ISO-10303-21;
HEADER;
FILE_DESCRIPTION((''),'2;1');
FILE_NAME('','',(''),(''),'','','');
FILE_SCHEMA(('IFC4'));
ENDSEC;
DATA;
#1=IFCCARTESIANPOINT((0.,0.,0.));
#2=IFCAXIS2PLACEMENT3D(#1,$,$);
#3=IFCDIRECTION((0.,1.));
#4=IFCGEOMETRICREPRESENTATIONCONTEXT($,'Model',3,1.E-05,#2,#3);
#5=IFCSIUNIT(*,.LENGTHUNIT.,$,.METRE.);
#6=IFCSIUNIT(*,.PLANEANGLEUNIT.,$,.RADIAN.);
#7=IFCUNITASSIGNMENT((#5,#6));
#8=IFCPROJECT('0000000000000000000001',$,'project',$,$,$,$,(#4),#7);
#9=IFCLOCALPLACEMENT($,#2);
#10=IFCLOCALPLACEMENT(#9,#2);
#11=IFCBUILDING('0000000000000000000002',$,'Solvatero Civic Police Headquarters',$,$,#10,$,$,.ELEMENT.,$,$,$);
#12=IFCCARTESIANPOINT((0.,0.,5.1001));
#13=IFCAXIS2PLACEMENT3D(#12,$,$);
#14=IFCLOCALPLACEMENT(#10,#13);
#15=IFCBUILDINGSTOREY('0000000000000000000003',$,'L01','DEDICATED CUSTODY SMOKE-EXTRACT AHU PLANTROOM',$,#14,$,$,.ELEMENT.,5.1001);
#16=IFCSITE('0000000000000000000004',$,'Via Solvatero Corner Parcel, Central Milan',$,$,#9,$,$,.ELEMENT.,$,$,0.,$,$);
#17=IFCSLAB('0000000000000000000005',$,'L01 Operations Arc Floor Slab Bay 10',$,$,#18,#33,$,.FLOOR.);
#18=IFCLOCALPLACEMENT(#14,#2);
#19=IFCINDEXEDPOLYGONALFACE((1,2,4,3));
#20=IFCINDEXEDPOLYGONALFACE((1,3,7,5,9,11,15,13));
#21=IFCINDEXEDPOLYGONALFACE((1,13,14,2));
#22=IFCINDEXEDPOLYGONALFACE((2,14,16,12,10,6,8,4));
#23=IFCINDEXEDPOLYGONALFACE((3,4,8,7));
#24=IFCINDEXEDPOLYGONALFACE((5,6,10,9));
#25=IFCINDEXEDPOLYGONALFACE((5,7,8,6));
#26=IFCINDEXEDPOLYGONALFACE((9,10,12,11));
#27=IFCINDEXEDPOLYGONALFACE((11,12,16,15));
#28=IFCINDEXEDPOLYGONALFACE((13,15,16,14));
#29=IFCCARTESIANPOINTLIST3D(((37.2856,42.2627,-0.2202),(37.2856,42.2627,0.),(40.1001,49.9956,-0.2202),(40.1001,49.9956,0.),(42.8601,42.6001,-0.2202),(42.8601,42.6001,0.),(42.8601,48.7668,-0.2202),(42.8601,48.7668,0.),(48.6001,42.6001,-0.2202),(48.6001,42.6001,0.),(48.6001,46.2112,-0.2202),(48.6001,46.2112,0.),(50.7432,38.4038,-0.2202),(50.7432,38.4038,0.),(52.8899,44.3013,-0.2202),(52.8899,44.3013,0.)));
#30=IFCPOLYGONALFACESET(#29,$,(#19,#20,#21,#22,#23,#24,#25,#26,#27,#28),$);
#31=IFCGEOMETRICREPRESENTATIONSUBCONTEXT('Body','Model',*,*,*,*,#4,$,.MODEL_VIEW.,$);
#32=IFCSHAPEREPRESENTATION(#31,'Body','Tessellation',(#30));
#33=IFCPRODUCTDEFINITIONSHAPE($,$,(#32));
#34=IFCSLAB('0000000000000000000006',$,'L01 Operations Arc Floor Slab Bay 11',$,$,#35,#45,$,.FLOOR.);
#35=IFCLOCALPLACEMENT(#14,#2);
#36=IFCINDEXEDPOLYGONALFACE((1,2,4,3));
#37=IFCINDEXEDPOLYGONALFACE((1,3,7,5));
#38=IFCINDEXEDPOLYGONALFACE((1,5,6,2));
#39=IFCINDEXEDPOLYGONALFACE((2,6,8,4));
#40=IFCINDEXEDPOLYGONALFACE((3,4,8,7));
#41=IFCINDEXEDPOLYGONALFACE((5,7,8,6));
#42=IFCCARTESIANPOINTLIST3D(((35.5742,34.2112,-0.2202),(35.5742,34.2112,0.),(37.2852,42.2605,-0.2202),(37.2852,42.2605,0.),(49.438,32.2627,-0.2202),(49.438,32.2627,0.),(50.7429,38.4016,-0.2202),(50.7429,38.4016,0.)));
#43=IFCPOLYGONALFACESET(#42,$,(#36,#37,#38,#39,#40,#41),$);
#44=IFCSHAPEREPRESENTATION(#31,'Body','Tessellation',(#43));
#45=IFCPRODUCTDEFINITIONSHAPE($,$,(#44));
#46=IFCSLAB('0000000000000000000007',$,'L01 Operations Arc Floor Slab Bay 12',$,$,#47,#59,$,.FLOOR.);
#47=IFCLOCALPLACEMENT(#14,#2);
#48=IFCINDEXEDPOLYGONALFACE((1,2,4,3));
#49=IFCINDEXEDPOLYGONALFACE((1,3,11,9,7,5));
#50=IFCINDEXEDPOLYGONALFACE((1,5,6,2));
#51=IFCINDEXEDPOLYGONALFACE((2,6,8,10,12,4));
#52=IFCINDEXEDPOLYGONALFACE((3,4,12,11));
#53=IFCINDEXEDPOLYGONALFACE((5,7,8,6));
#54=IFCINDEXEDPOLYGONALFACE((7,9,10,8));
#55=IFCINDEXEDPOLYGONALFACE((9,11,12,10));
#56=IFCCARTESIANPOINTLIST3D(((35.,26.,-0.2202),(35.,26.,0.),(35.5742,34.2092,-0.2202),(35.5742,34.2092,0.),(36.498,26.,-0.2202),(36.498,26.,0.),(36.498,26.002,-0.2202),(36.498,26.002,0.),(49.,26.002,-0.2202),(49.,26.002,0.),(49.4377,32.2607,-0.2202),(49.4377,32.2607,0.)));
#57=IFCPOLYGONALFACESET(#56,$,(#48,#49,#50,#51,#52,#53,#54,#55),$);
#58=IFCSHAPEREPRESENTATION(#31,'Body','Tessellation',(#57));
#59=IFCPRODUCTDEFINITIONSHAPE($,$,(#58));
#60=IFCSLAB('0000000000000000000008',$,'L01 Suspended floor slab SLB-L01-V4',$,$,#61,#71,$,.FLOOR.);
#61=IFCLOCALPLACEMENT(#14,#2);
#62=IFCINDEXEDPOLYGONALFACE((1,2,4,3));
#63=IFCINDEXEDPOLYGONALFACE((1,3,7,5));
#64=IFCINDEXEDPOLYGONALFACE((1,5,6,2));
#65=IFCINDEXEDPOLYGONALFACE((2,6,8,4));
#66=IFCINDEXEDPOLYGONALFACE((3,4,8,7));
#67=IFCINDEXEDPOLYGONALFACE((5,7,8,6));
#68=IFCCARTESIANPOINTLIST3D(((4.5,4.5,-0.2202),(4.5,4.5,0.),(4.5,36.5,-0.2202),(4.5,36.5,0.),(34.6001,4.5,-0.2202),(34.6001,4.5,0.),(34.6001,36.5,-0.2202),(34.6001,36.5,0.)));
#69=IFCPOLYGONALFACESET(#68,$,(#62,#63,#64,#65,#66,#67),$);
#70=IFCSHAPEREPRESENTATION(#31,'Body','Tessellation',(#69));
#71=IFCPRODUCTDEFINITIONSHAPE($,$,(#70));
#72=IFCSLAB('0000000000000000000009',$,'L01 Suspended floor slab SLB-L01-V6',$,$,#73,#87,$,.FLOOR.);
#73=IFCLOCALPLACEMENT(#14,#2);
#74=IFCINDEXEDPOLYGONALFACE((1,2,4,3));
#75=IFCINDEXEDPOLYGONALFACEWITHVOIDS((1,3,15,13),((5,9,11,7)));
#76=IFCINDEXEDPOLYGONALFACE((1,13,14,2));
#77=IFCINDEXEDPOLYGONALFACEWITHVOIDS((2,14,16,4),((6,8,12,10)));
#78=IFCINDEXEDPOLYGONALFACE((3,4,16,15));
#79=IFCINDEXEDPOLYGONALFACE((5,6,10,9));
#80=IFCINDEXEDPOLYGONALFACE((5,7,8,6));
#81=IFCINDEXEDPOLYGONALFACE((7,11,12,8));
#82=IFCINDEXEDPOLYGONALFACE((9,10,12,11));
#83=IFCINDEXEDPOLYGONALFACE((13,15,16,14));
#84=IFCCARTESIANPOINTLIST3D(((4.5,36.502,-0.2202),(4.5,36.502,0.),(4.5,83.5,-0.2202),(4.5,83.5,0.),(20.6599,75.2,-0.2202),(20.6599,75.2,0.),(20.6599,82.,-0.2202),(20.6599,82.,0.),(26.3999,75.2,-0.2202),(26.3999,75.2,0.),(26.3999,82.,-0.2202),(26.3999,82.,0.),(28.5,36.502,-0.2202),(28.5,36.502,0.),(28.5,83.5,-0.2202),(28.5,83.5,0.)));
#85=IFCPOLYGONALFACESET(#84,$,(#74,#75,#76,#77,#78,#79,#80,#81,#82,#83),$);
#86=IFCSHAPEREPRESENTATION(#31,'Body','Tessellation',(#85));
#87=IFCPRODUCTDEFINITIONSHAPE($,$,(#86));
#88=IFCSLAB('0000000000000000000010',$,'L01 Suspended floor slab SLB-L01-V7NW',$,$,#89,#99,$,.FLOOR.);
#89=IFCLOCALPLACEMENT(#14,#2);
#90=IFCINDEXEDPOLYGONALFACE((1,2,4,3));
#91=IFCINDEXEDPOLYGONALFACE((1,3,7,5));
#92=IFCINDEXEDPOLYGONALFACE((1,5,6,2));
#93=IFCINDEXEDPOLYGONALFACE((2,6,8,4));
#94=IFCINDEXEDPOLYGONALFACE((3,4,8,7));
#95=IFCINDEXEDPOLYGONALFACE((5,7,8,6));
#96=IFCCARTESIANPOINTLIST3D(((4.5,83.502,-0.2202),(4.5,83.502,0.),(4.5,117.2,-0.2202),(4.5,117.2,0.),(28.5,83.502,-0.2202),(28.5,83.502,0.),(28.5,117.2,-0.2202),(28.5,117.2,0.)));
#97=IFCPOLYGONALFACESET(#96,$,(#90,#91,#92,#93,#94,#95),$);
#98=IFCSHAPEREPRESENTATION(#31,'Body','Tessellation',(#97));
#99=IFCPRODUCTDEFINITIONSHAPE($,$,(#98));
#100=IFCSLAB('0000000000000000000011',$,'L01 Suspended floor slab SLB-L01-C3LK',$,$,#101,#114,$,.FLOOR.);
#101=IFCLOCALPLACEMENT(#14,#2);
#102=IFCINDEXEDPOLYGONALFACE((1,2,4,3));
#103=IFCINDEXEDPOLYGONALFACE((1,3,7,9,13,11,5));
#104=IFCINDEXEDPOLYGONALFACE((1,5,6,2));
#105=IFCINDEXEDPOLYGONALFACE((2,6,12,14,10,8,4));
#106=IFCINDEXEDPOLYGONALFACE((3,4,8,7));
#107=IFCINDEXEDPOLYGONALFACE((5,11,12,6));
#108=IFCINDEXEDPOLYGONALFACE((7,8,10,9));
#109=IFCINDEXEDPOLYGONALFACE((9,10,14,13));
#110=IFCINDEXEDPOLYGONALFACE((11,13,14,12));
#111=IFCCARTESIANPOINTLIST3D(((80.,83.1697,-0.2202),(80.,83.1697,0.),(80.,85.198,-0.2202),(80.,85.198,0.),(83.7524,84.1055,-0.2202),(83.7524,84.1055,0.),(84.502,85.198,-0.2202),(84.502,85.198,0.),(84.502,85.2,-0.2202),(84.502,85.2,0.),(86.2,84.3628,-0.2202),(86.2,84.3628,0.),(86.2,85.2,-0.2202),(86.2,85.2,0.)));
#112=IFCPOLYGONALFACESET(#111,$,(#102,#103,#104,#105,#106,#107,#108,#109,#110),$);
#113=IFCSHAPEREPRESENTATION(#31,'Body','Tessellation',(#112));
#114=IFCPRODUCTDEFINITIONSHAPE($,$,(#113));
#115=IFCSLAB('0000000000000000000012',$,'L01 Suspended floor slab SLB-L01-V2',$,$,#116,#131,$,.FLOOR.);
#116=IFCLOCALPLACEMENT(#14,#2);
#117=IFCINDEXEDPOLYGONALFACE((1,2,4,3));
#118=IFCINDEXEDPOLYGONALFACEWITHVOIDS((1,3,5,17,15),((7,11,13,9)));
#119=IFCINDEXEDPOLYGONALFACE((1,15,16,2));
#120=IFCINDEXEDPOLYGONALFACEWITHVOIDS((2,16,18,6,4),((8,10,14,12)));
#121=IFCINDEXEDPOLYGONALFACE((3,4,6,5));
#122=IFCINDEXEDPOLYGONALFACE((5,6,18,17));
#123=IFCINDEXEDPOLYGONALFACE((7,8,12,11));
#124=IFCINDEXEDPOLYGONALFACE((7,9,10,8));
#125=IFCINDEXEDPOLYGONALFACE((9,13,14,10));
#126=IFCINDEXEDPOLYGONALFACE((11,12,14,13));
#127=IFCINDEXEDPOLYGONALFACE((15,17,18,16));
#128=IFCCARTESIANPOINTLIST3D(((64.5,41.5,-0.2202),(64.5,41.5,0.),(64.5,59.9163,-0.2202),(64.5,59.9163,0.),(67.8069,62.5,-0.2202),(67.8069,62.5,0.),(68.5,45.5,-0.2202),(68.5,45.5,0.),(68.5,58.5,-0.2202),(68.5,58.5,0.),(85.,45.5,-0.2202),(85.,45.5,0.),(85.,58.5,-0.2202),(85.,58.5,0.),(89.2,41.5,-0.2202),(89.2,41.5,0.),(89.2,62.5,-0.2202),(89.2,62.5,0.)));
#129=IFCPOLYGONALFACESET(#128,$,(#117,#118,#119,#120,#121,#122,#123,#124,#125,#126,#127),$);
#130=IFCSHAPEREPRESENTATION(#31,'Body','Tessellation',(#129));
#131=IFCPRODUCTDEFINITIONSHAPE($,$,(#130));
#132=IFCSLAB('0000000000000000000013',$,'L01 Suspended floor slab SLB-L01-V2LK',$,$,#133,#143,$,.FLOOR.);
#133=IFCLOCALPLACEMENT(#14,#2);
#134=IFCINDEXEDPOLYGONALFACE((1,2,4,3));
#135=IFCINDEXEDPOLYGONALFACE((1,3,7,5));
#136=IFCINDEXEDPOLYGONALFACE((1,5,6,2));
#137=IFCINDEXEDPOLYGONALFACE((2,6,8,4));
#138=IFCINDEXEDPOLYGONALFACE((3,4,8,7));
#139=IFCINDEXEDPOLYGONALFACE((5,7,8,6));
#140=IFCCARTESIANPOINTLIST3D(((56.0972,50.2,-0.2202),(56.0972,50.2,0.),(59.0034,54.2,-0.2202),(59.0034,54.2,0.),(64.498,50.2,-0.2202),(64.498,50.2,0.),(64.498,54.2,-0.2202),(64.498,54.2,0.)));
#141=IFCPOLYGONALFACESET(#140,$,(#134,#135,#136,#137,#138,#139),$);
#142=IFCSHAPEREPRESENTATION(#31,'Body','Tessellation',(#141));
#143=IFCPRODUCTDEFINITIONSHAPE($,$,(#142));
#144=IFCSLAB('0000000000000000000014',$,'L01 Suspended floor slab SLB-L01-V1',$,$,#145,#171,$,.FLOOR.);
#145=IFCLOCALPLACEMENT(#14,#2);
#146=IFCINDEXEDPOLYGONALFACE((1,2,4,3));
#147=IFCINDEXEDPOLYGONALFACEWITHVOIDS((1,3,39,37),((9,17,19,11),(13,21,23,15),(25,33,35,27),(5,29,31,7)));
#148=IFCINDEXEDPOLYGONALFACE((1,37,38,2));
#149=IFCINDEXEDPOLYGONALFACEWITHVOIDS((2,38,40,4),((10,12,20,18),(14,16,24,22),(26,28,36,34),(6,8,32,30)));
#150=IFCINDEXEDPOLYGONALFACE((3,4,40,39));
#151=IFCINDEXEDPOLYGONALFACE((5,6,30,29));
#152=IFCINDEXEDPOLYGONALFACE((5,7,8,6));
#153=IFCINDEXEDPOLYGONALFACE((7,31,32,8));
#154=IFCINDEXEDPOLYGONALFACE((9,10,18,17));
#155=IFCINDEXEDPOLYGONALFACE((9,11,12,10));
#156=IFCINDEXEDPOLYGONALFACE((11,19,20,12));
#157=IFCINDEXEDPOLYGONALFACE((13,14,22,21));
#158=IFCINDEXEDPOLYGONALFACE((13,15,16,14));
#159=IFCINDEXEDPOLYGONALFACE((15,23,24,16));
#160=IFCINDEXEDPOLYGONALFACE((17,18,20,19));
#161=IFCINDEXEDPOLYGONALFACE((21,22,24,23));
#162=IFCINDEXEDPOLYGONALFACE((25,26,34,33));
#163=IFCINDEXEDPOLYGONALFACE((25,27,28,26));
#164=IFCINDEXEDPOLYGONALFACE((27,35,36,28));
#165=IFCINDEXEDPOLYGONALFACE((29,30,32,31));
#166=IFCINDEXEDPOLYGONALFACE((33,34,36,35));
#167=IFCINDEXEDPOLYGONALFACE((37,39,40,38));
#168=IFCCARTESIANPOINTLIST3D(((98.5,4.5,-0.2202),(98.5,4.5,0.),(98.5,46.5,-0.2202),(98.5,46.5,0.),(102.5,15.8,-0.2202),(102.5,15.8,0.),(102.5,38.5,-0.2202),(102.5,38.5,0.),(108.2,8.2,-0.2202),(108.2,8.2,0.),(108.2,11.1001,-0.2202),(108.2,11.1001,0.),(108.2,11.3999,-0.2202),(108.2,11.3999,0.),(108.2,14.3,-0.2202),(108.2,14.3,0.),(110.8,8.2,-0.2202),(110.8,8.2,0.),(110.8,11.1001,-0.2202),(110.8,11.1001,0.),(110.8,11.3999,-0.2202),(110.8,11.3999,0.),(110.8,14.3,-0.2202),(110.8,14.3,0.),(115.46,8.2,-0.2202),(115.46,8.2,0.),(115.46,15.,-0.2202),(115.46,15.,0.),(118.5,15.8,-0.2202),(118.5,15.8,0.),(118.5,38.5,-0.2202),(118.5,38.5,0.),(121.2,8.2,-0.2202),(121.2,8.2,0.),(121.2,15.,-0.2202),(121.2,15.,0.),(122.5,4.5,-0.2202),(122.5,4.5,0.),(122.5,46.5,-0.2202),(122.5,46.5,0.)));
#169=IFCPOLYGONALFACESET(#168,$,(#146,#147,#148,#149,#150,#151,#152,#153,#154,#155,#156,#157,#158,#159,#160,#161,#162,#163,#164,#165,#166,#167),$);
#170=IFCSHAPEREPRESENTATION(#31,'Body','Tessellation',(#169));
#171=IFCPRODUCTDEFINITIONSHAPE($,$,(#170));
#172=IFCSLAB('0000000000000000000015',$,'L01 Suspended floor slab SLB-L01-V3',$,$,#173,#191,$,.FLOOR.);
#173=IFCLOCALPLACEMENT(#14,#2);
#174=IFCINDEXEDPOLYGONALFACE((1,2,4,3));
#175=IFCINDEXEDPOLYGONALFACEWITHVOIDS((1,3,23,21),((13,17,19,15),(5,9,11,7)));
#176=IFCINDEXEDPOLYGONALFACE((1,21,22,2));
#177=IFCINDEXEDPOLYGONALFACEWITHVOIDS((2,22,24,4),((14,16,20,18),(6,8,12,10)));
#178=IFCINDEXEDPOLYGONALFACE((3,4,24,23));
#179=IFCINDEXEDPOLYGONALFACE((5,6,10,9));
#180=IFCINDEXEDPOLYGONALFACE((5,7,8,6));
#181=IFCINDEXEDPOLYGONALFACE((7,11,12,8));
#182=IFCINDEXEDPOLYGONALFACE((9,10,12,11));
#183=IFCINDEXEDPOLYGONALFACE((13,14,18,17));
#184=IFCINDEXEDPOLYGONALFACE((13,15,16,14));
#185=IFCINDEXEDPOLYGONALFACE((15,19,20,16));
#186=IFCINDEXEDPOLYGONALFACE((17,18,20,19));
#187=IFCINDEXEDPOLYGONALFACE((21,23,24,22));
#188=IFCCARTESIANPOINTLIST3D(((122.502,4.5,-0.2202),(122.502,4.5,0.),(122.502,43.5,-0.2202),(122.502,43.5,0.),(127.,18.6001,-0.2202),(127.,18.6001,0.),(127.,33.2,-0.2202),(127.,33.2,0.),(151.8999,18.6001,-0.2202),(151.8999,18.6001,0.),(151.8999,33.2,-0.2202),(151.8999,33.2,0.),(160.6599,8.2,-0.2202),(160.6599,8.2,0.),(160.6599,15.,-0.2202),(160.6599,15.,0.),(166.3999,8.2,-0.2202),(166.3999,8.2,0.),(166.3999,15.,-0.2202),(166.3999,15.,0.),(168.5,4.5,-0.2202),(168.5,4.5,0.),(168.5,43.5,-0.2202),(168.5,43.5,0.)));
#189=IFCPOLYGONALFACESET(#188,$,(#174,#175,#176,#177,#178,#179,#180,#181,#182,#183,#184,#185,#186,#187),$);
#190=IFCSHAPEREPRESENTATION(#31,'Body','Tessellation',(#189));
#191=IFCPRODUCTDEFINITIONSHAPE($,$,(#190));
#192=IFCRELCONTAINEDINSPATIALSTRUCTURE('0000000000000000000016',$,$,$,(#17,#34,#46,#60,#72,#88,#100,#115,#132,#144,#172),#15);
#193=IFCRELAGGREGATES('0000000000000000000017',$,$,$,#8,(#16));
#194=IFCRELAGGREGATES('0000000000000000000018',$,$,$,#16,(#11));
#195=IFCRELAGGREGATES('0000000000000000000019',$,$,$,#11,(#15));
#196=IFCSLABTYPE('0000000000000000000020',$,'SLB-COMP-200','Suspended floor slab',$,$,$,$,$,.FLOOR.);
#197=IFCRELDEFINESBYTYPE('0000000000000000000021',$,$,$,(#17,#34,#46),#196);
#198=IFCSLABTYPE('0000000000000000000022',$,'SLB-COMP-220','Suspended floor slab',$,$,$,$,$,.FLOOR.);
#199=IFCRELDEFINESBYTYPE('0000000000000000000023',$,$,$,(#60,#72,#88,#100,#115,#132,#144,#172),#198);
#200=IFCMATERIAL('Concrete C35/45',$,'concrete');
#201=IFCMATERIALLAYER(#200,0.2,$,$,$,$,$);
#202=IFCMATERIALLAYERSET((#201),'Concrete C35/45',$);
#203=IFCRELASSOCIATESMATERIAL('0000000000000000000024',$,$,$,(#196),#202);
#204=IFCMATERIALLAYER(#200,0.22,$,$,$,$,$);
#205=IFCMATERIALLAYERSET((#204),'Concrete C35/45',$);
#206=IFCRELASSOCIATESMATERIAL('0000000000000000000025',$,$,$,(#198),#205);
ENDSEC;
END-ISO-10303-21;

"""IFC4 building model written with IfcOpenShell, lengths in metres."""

from ifc_helpers import new_model, si_unit, direction, frame, origin, place, context, subcontext, project, spatial, polyline, outline, extrude, material, layer, layer_set, type_object, element, save


model = new_model("IFC4")

# Units and contexts
model_context = context("Model", 3, precision=1e-05, world=origin(), true_north=direction((0.0, 1.0)))
body_context = subcontext(model_context, "Body", "Model", "MODEL_VIEW")
ifc_project = project(units=[si_unit("LENGTHUNIT", "METRE"), si_unit("PLANEANGLEUNIT", "RADIAN")], contexts=[model_context])

# Site, building, storey
site_placement = place(None, origin())
site = spatial("IfcSite", under=ifc_project, at=site_placement, Name="Via Solvatero Corner Parcel, Central Milan", CompositionType="ELEMENT", RefElevation=0.0)
building_placement = place(site_placement, origin())
building = spatial("IfcBuilding", under=site, at=building_placement, Name="Solvatero Civic Police Headquarters", CompositionType="ELEMENT")
storey_placement = place(building_placement, frame((0.0, 0.0, 5.1001)))
storey = spatial("IfcBuildingStorey", under=building, at=storey_placement, Name="L01", Description="DEDICATED CUSTODY SMOKE-EXTRACT AHU PLANTROOM", CompositionType="ELEMENT", Elevation=5.1001)

# Slabs
ifc_material_1 = material(Name="Concrete C35/45", Category="concrete")
ifc_layer_1 = layer(ifc_material_1, 0.2)
ifc_layer_set_1 = layer_set([ifc_layer_1], Name="Concrete C35/45")
slab_type_1 = type_object("IfcSlabType", Name="SLB-COMP-200", Description="Suspended floor slab", PredefinedType="FLOOR", material=ifc_layer_set_1)
slab_1_placement = place(storey_placement, frame((0.0, 0.0, -0.2202)))
element("IfcSlab", 1, at=slab_1_placement, inside=storey, type_object=slab_type_1, Name="L01 Operations Arc Floor Slab Bay 10", PredefinedType="FLOOR", context=body_context, shape_type="SweptSolid", body=[
    extrude(outline(polyline([(37.2856, 42.2627), (40.1001, 49.9956), (42.8601, 48.7668), (42.8601, 42.6001), (48.6001, 42.6001), (48.6001, 46.2112), (52.8899, 44.3013), (50.7432, 38.4038), (37.2856, 42.2627)])), origin(), (0.0, 0.0, 1.0), 0.2202),
])
slab_2_placement = place(storey_placement, frame((0.0, 0.0, -0.2202)))
element("IfcSlab", 2, at=slab_2_placement, inside=storey, type_object=slab_type_1, Name="L01 Operations Arc Floor Slab Bay 11", PredefinedType="FLOOR", context=body_context, shape_type="SweptSolid", body=[
    extrude(outline(polyline([(37.2852, 42.2605), (50.7429, 38.4016), (49.438, 32.2627), (35.5742, 34.2112), (37.2852, 42.2605)])), origin(), (0.0, 0.0, 1.0), 0.2202),
])
slab_3_placement = place(storey_placement, frame((0.0, 0.0, -0.2202)))
element("IfcSlab", 3, at=slab_3_placement, inside=storey, type_object=slab_type_1, Name="L01 Operations Arc Floor Slab Bay 12", PredefinedType="FLOOR", context=body_context, shape_type="SweptSolid", body=[
    extrude(outline(polyline([(35.5742, 34.2092), (49.4377, 32.2607), (49.0, 26.002), (36.498, 26.002), (36.498, 26.0), (35.0, 26.0), (35.5742, 34.2092)])), origin(), (0.0, 0.0, 1.0), 0.2202),
])
ifc_layer_2 = layer(ifc_material_1, 0.22)
ifc_layer_set_2 = layer_set([ifc_layer_2], Name="Concrete C35/45")
slab_type_2 = type_object("IfcSlabType", Name="SLB-COMP-220", Description="Suspended floor slab", PredefinedType="FLOOR", material=ifc_layer_set_2)
slab_4_placement = place(storey_placement, frame((0.0, 0.0, -0.2202)))
element("IfcSlab", 4, at=slab_4_placement, inside=storey, type_object=slab_type_2, Name="L01 Suspended floor slab SLB-L01-V4", PredefinedType="FLOOR", context=body_context, shape_type="SweptSolid", body=[
    extrude(outline(polyline([(4.5, 36.5), (34.6001, 36.5), (34.6001, 4.5), (4.5, 4.5), (4.5, 36.5)])), origin(), (0.0, 0.0, 1.0), 0.2202),
])
slab_5_placement = place(storey_placement, frame((0.0, 0.0, -0.2202)))
element("IfcSlab", 5, at=slab_5_placement, inside=storey, type_object=slab_type_2, Name="L01 Suspended floor slab SLB-L01-V6", PredefinedType="FLOOR", context=body_context, shape_type="SweptSolid", body=[
    extrude(outline(polyline([(4.5, 83.5), (28.5, 83.5), (28.5, 36.502), (4.5, 36.502), (4.5, 83.5)]), holes=[polyline([(26.3999, 75.2), (26.3999, 82.0), (20.6599, 82.0), (20.6599, 75.2), (26.3999, 75.2)])]), origin(), (0.0, 0.0, 1.0), 0.2202),
])
slab_6_placement = place(storey_placement, frame((0.0, 0.0, -0.2202)))
element("IfcSlab", 6, at=slab_6_placement, inside=storey, type_object=slab_type_2, Name="L01 Suspended floor slab SLB-L01-V7NW", PredefinedType="FLOOR", context=body_context, shape_type="SweptSolid", body=[
    extrude(outline(polyline([(4.5, 117.2), (28.5, 117.2), (28.5, 83.502), (4.5, 83.502), (4.5, 117.2)])), origin(), (0.0, 0.0, 1.0), 0.2202),
])
slab_7_placement = place(storey_placement, frame((0.0, 0.0, -0.2202)))
element("IfcSlab", 7, at=slab_7_placement, inside=storey, type_object=slab_type_2, Name="L01 Suspended floor slab SLB-L01-C3LK", PredefinedType="FLOOR", context=body_context, shape_type="SweptSolid", body=[
    extrude(outline(polyline([(80.0, 85.198), (84.502, 85.198), (84.502, 85.2), (86.2, 85.2), (86.2, 84.3628), (83.7524, 84.1055), (80.0, 83.1697), (80.0, 85.198)])), origin(), (0.0, 0.0, 1.0), 0.2202),
])
slab_8_placement = place(storey_placement, frame((0.0, 0.0, -0.2202)))
element("IfcSlab", 8, at=slab_8_placement, inside=storey, type_object=slab_type_2, Name="L01 Suspended floor slab SLB-L01-V2", PredefinedType="FLOOR", context=body_context, shape_type="SweptSolid", body=[
    extrude(outline(polyline([(89.2, 62.5), (89.2, 41.5), (64.5, 41.5), (64.5, 59.9163), (67.8069, 62.5), (89.2, 62.5)]), holes=[polyline([(68.5, 45.5), (85.0, 45.5), (85.0, 58.5), (68.5, 58.5), (68.5, 45.5)])]), origin(), (0.0, 0.0, 1.0), 0.2202),
])
slab_9_placement = place(storey_placement, frame((0.0, 0.0, -0.2202)))
element("IfcSlab", 9, at=slab_9_placement, inside=storey, type_object=slab_type_2, Name="L01 Suspended floor slab SLB-L01-V2LK", PredefinedType="FLOOR", context=body_context, shape_type="SweptSolid", body=[
    extrude(outline(polyline([(64.498, 54.2), (64.498, 50.2), (56.0972, 50.2), (59.0034, 54.2), (64.498, 54.2)])), origin(), (0.0, 0.0, 1.0), 0.2202),
])
slab_10_placement = place(storey_placement, frame((0.0, 0.0, -0.2202)))
element("IfcSlab", 10, at=slab_10_placement, inside=storey, type_object=slab_type_2, Name="L01 Suspended floor slab SLB-L01-V1", PredefinedType="FLOOR", context=body_context, shape_type="SweptSolid", body=[
    extrude(outline(polyline([(98.5, 46.5), (122.5, 46.5), (122.5, 4.5), (98.5, 4.5), (98.5, 46.5)]), holes=[polyline([(110.8, 11.1001), (108.2, 11.1001), (108.2, 8.2), (110.8, 8.2), (110.8, 11.1001)]), polyline([(121.2, 15.0), (115.46, 15.0), (115.46, 8.2), (121.2, 8.2), (121.2, 15.0)]), polyline([(110.8, 14.3), (108.2, 14.3), (108.2, 11.3999), (110.8, 11.3999), (110.8, 14.3)]), polyline([(118.5, 38.5), (102.5, 38.5), (102.5, 15.8), (118.5, 15.8), (118.5, 38.5)])]), origin(), (0.0, 0.0, 1.0), 0.2202),
])
slab_11_placement = place(storey_placement, frame((0.0, 0.0, -0.2202)))
element("IfcSlab", 11, at=slab_11_placement, inside=storey, type_object=slab_type_2, Name="L01 Suspended floor slab SLB-L01-V3", PredefinedType="FLOOR", context=body_context, shape_type="SweptSolid", body=[
    extrude(outline(polyline([(168.5, 43.5), (168.5, 4.5), (122.502, 4.5), (122.502, 43.5), (168.5, 43.5)]), holes=[polyline([(166.3999, 15.0), (160.6599, 15.0), (160.6599, 8.2), (166.3999, 8.2), (166.3999, 15.0)]), polyline([(151.8999, 33.2), (127.0, 33.2), (127.0, 18.6001), (151.8999, 18.6001), (151.8999, 33.2)])]), origin(), (0.0, 0.0, 1.0), 0.2202),
])

save(model, "model.ifc")
